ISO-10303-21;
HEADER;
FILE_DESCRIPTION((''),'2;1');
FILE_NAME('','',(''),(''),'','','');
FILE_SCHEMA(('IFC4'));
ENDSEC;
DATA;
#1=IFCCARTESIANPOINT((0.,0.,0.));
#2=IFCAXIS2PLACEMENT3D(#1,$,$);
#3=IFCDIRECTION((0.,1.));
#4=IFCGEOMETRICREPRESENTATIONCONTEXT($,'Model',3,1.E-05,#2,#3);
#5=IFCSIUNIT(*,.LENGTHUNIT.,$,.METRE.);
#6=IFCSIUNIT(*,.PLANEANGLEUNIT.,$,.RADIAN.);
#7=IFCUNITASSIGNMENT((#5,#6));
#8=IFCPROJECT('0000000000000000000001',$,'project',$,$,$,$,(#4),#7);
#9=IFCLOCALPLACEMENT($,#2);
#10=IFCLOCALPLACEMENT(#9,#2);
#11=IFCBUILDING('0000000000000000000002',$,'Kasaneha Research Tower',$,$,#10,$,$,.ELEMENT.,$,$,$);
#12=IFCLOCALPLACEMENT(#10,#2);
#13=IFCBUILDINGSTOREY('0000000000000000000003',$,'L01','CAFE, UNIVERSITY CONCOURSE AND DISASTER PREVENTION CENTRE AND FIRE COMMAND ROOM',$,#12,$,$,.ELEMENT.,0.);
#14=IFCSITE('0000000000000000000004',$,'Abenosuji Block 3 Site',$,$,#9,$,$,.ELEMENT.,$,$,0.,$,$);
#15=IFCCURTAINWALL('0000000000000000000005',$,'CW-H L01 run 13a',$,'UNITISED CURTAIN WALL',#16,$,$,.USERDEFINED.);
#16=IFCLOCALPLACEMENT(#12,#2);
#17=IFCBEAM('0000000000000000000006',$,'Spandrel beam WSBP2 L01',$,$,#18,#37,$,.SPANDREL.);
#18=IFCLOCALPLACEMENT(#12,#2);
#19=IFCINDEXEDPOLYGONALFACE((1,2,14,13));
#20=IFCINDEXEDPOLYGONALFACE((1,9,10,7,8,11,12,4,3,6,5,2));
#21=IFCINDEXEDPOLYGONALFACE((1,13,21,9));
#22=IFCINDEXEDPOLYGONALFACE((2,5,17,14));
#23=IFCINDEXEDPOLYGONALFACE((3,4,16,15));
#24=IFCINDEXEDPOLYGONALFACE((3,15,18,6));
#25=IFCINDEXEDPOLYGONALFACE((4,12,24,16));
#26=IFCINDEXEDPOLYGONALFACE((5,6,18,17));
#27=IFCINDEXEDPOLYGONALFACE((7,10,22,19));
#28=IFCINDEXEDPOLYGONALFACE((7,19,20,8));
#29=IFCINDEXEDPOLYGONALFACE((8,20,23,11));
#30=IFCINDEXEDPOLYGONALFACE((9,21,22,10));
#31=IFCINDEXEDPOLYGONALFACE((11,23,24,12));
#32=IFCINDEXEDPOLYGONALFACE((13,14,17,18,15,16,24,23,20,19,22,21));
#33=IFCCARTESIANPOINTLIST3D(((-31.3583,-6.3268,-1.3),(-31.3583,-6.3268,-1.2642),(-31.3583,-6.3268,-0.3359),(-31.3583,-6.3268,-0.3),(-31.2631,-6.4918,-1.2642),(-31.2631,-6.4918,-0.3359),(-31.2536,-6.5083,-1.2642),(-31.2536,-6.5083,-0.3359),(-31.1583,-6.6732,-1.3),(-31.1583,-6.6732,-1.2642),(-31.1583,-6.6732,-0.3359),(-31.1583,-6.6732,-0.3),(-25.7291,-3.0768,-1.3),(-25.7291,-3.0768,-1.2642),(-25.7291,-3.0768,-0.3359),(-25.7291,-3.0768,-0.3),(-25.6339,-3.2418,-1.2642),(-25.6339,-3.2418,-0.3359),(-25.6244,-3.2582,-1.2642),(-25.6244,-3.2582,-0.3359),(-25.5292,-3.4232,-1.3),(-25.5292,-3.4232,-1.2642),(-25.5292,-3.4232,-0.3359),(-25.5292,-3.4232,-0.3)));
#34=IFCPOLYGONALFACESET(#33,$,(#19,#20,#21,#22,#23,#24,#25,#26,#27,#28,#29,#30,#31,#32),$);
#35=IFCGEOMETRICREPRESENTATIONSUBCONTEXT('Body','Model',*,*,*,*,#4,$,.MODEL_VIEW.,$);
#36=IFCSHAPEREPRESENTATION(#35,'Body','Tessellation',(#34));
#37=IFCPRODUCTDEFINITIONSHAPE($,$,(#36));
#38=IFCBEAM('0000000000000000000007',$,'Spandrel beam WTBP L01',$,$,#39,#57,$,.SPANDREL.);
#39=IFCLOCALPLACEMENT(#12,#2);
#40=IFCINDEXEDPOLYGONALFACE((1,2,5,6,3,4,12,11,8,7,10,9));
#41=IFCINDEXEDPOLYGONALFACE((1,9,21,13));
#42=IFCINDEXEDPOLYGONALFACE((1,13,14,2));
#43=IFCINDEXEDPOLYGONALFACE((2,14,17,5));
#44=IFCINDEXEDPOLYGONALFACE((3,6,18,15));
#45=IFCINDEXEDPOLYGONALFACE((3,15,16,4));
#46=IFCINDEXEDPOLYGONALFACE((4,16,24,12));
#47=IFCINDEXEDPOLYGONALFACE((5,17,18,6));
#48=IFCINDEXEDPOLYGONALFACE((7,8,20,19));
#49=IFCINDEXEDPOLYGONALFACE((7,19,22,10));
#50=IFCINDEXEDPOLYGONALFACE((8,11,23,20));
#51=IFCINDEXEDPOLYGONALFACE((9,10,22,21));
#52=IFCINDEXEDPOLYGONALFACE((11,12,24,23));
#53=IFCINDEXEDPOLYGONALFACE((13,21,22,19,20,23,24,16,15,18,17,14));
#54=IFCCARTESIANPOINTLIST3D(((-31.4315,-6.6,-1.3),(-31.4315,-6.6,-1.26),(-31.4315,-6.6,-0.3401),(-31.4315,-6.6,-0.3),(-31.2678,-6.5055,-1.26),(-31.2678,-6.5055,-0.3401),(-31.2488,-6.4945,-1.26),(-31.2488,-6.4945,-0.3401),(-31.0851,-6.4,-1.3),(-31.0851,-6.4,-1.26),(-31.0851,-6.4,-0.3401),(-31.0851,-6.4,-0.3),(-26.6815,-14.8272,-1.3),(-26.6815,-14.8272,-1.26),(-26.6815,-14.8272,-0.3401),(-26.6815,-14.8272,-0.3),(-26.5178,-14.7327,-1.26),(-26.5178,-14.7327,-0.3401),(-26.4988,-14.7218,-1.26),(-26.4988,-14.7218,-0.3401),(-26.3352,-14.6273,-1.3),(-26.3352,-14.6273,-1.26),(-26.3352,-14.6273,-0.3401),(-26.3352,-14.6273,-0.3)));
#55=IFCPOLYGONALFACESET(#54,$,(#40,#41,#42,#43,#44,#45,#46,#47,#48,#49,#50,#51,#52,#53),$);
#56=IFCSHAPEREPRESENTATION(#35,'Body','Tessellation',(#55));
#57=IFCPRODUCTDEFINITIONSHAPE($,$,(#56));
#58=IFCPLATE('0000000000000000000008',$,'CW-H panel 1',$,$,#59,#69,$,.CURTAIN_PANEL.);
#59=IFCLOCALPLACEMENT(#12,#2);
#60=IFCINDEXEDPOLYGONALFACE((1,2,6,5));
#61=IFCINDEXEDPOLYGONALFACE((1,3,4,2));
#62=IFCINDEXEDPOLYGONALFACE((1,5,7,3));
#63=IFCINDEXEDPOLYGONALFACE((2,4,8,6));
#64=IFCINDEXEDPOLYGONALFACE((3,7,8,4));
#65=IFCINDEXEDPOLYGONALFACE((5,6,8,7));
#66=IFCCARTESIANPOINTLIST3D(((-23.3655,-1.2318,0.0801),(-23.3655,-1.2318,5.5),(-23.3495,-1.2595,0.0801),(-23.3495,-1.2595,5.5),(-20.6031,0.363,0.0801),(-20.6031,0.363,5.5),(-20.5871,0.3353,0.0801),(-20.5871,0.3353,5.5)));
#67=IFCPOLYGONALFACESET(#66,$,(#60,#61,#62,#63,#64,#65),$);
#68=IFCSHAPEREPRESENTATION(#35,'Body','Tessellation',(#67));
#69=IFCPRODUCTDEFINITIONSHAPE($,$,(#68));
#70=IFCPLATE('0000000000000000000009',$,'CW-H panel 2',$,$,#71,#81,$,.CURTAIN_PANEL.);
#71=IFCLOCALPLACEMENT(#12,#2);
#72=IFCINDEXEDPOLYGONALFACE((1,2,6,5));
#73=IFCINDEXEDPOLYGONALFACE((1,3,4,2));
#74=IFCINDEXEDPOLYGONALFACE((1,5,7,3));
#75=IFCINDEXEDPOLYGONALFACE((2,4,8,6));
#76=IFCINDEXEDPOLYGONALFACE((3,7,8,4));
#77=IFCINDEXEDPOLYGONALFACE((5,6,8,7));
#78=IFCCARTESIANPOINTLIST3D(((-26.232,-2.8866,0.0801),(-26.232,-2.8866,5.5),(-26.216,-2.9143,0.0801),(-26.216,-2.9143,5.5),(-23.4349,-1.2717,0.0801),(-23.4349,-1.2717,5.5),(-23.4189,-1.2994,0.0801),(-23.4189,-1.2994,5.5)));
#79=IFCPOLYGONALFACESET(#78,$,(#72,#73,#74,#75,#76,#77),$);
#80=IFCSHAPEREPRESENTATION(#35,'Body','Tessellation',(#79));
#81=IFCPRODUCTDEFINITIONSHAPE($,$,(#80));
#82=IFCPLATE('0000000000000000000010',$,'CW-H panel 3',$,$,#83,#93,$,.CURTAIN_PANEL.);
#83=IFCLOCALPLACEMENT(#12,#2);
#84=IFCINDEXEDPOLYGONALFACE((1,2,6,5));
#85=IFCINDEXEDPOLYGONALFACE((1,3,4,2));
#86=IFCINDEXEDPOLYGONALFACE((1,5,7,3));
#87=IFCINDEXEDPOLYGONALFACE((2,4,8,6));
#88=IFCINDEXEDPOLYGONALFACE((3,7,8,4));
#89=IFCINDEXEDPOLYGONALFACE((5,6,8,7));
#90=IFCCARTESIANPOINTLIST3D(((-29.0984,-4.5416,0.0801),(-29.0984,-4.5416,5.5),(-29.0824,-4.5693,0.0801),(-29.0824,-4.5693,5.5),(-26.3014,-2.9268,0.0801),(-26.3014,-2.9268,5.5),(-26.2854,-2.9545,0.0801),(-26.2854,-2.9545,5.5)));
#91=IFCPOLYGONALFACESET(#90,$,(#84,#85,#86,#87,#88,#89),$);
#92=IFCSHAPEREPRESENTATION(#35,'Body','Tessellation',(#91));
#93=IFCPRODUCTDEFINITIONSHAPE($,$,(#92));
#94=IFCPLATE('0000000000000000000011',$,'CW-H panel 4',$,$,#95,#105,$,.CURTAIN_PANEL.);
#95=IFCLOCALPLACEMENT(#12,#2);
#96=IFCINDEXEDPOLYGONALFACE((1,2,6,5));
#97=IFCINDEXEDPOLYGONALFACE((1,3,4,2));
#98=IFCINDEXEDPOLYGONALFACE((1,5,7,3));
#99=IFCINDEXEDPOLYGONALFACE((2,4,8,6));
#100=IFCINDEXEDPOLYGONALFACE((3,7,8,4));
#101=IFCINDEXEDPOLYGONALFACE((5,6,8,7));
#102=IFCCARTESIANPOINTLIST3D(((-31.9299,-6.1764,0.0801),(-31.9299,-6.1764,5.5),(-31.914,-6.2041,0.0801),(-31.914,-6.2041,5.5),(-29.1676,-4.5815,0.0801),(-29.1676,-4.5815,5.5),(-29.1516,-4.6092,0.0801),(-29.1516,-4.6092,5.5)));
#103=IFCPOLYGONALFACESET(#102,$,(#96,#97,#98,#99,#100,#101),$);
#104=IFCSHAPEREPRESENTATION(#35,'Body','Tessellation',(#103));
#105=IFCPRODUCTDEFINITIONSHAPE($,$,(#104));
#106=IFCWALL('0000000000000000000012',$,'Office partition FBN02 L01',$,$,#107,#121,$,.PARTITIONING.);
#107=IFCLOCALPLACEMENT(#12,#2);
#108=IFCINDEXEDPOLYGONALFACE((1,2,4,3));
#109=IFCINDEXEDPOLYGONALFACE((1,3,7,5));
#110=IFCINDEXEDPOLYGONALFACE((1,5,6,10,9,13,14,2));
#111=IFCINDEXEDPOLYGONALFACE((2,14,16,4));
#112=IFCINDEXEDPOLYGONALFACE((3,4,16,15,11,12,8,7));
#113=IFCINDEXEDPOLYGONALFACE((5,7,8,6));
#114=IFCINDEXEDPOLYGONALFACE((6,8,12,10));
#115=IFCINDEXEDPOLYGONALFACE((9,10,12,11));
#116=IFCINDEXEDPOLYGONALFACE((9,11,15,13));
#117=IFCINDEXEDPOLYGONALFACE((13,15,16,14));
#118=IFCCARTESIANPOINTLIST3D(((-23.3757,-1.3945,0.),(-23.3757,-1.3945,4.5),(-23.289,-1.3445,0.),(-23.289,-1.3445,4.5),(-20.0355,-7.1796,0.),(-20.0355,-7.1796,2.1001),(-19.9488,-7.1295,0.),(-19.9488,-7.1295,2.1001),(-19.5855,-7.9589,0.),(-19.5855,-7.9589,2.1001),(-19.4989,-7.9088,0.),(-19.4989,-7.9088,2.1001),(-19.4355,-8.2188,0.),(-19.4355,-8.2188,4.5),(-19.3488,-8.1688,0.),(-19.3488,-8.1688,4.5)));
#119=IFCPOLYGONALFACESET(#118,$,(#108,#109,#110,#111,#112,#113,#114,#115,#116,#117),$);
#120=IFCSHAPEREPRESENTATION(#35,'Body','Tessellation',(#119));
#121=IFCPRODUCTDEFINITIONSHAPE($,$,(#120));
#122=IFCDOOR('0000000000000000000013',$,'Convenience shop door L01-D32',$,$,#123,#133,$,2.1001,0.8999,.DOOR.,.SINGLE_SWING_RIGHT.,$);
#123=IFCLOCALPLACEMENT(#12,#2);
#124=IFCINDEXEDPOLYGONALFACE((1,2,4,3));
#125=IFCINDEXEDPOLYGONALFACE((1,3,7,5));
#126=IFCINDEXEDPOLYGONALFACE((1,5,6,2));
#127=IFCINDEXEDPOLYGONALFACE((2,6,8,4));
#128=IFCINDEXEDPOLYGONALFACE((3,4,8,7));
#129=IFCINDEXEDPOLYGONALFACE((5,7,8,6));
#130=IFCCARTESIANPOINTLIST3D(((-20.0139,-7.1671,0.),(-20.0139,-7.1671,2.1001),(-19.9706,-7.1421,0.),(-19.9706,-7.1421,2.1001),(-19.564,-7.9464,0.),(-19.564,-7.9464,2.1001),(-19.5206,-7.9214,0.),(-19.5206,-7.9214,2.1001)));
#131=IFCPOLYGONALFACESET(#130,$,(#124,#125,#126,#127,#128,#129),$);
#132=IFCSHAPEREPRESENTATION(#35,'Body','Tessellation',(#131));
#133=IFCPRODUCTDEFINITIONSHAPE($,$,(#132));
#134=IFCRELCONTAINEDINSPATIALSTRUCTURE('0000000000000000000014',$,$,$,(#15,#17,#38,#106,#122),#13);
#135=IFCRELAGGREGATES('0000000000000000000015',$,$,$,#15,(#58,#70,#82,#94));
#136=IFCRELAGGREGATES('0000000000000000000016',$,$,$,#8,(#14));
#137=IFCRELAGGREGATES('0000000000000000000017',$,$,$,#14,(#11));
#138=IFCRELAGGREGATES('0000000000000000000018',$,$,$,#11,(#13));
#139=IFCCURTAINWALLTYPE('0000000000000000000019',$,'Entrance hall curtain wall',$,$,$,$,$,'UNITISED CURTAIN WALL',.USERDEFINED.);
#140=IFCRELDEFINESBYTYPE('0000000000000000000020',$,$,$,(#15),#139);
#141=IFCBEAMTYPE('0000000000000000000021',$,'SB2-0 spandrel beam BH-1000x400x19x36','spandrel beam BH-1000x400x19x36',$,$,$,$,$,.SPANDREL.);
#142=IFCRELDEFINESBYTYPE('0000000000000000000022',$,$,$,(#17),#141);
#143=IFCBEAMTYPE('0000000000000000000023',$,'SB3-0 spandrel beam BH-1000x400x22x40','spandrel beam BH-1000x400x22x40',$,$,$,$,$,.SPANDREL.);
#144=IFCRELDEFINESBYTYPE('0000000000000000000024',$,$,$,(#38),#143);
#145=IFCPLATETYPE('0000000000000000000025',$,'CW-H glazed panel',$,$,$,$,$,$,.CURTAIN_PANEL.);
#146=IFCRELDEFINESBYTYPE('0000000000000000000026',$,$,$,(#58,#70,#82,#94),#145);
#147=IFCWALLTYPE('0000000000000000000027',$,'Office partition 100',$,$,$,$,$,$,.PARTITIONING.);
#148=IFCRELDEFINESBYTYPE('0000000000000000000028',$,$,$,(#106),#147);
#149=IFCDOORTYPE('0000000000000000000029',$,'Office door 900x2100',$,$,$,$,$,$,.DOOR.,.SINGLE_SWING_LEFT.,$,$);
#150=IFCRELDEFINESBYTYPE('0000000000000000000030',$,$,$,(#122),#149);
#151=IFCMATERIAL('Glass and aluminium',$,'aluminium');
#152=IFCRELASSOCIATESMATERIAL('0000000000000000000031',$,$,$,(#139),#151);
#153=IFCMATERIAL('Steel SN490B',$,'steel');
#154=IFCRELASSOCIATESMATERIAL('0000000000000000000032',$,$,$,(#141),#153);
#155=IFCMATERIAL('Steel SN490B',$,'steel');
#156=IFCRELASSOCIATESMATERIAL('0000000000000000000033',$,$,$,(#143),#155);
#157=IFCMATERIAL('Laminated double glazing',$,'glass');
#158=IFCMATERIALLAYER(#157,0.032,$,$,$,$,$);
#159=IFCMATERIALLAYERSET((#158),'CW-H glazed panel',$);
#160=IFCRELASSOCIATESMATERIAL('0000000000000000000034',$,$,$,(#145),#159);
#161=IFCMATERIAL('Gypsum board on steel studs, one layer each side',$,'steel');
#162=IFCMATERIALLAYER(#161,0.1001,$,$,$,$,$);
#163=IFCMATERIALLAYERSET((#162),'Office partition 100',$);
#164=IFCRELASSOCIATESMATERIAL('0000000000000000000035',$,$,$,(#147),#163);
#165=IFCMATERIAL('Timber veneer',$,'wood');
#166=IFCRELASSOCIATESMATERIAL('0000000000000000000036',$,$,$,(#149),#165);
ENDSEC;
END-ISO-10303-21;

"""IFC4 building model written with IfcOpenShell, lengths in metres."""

from ifc_helpers import new_model, si_unit, direction, frame, frame_2d, origin, origin_2d, place, context, subcontext, project, spatial, rectangle, i_section, extrude, material, layer, layer_set, material_profile, profile_set, type_object, element, fill, aggregate, save


model = new_model("IFC4")

# Units and contexts
model_context = context("Model", 3, precision=1e-05, world=origin(), true_north=direction((0.0, 1.0)))
body_context = subcontext(model_context, "Body", "Model", "MODEL_VIEW")
ifc_project = project(units=[si_unit("LENGTHUNIT", "METRE"), si_unit("PLANEANGLEUNIT", "RADIAN")], contexts=[model_context])

# Site, building, storey
site_placement = place(None, origin())
site = spatial("IfcSite", under=ifc_project, at=site_placement, Name="Abenosuji Block 3 Site", CompositionType="ELEMENT", RefElevation=0.0)
building_placement = place(site_placement, origin())
building = spatial("IfcBuilding", under=site, at=building_placement, Name="Kasaneha Research Tower", CompositionType="ELEMENT")
storey_placement = place(building_placement, origin())
storey = spatial("IfcBuildingStorey", under=building, at=storey_placement, Name="L01", Description="CAFE, UNIVERSITY CONCOURSE AND DISASTER PREVENTION CENTRE AND FIRE COMMAND ROOM", CompositionType="ELEMENT", Elevation=0.0)

# Curtain wall
ifc_material_1 = material(Name="Glass and aluminium", Category="aluminium")
curtain_wall_type = type_object("IfcCurtainWallType", Name="Entrance hall curtain wall", ElementType="UNITISED CURTAIN WALL", PredefinedType="USERDEFINED", material=ifc_material_1)
curtain_wall_1_placement = place(storey_placement, origin())
curtain_wall_1 = element("IfcCurtainWall", 1, at=curtain_wall_1_placement, inside=storey, type_object=curtain_wall_type, Name="CW-H L01 run 13a", ObjectType="UNITISED CURTAIN WALL", PredefinedType="USERDEFINED")

# Beams
ifc_material_2 = material(Name="Steel SN490B", Category="steel")
ifc_material_profile_1 = material_profile(ifc_material_2, i_section(OverallWidth=0.3999, OverallDepth=1.0, WebThickness=0.019, FlangeThickness=0.0359, at=origin_2d()), Name="BH-1000x400x19x36")
ifc_profile_set_1 = profile_set([ifc_material_profile_1], Name="Steel SN490B")
beam_type_1 = type_object("IfcBeamType", Name="SB2-0 spandrel beam BH-1000x400x19x36", Description="spandrel beam BH-1000x400x19x36", PredefinedType="SPANDREL", material=ifc_profile_set_1)
for number, where, z_axis, x_axis, name in (
    (2, (-25.6292, -3.25, -0.8), (-0.866025, -0.500001, 0.0), (0.500001, -0.866025, 0.0), "Spandrel beam WSBP2 L01"),
):
    element("IfcBeam", number, at=place(storey_placement, frame(where, z_axis=z_axis, x_axis=x_axis)), inside=storey, type_object=beam_type_1, Name=name, PredefinedType="SPANDREL", context=body_context, shape_type="SweptSolid", body=[
        extrude(i_section(OverallWidth=0.3999, OverallDepth=1.0, WebThickness=0.019, FlangeThickness=0.0359, at=origin_2d()), origin(), (0.0, 0.0, 1.0), 6.5),
    ])
ifc_material_3 = material(Name="Steel SN490B", Category="steel")
ifc_material_profile_2 = material_profile(ifc_material_3, i_section(OverallWidth=0.3999, OverallDepth=1.0, WebThickness=0.022, FlangeThickness=0.04, at=origin_2d()), Name="BH-1000x400x22x40")
ifc_profile_set_2 = profile_set([ifc_material_profile_2], Name="Steel SN490B")
beam_type_2 = type_object("IfcBeamType", Name="SB3-0 spandrel beam BH-1000x400x22x40", Description="spandrel beam BH-1000x400x22x40", PredefinedType="SPANDREL", material=ifc_profile_set_2)
beam_1_placement = place(storey_placement, frame((-31.2583, -6.5, -0.8), z_axis=(0.499998, -0.866027, 0.0), x_axis=(0.866027, 0.499998, 0.0)))
element("IfcBeam", 3, at=beam_1_placement, inside=storey, type_object=beam_type_2, Name="Spandrel beam WTBP L01", PredefinedType="SPANDREL", context=body_context, shape_type="SweptSolid", body=[
    extrude(i_section(OverallWidth=0.3999, OverallDepth=1.0, WebThickness=0.022, FlangeThickness=0.04, at=origin_2d()), origin(), (0.0, 0.0, 1.0), 9.5),
])

# Plates
ifc_material_4 = material(Name="Laminated double glazing", Category="glass")
ifc_layer_1 = layer(ifc_material_4, 0.032)
ifc_layer_set_1 = layer_set([ifc_layer_1], Name="CW-H glazed panel")
plate_type = type_object("IfcPlateType", Name="CW-H glazed panel", PredefinedType="CURTAIN_PANEL", material=ifc_layer_set_1)
plate_1_placement = place(storey_placement, frame((-21.9763, -0.4482, 0.0801), z_axis=(0.0, 0.0, 1.0), x_axis=(-0.866025, -0.5, 0.0)))
plate_1 = element("IfcPlate", 4, at=plate_1_placement, type_object=plate_type, Name="CW-H panel 1", PredefinedType="CURTAIN_PANEL", context=body_context, shape_type="SweptSolid", body=[
    extrude(rectangle(XDim=3.1897, YDim=0.032, at=origin_2d()), origin(), (0.0, 0.0, 1.0), 5.4199),
])
plate_2_placement = place(storey_placement, frame((-24.8254, -2.093, 0.0801), z_axis=(0.0, 0.0, 1.0), x_axis=(-0.866025, -0.5, 0.0)))
plate_2 = element("IfcPlate", 5, at=plate_2_placement, type_object=plate_type, Name="CW-H panel 2", PredefinedType="CURTAIN_PANEL", context=body_context, shape_type="SweptSolid", body=[
    extrude(rectangle(XDim=3.2297, YDim=0.032, at=origin_2d()), origin(), (0.0, 0.0, 1.0), 5.4199),
])
plate_3_placement = place(storey_placement, frame((-27.6919, -3.748, 0.0801), z_axis=(0.0, 0.0, 1.0), x_axis=(-0.866025, -0.5, 0.0)))
plate_3 = element("IfcPlate", 6, at=plate_3_placement, type_object=plate_type, Name="CW-H panel 3", PredefinedType="CURTAIN_PANEL", context=body_context, shape_type="SweptSolid", body=[
    extrude(rectangle(XDim=3.2297, YDim=0.032, at=origin_2d()), origin(), (0.0, 0.0, 1.0), 5.4199),
])
plate_4_placement = place(storey_placement, frame((-30.5408, -5.3928, 0.0801), z_axis=(0.0, 0.0, 1.0), x_axis=(-0.866025, -0.5, 0.0)))
plate_4 = element("IfcPlate", 7, at=plate_4_placement, type_object=plate_type, Name="CW-H panel 4", PredefinedType="CURTAIN_PANEL", context=body_context, shape_type="SweptSolid", body=[
    extrude(rectangle(XDim=3.1897, YDim=0.032, at=origin_2d()), origin(), (0.0, 0.0, 1.0), 5.4199),
])
aggregate(curtain_wall_1, [plate_1, plate_2, plate_3, plate_4])

# Wall, opening, door
ifc_material_5 = material(Name="Gypsum board on steel studs, one layer each side", Category="steel")
ifc_layer_2 = layer(ifc_material_5, 0.1001)
ifc_layer_set_2 = layer_set([ifc_layer_2], Name="Office partition 100")
wall_type = type_object("IfcWallType", Name="Office partition 100", PredefinedType="PARTITIONING", material=ifc_layer_set_2)
wall_placement = place(storey_placement, frame((-23.3323, -1.3696, 0.0), z_axis=(0.0, 0.0, 1.0), x_axis=(0.500021, -0.866013, 0.0)))
wall = element("IfcWall", 8, at=wall_placement, inside=storey, type_object=wall_type, Name="Office partition FBN02 L01", PredefinedType="PARTITIONING", context=body_context, shape_type="SweptSolid", body=[
    extrude(rectangle(XDim=7.8801, YDim=0.1001, at=frame_2d((3.9399, 0.0))), origin(), (0.0, 0.0, 1.0), 4.5),
])
opening_placement = place(wall_placement, frame((6.6799, 0.0, 0.0)))
opening = element("IfcOpeningElement", 9, at=opening_placement, cuts=wall, PredefinedType="OPENING", context=body_context, shape_type="SweptSolid", body=[
    extrude(rectangle(XDim=0.8999, YDim=2.1001, at=frame_2d((0.45, 1.05))), frame((0.0, 0.0601, 0.0), z_axis=(0.0, -1.0, 0.0), x_axis=(1.0, 0.0, 0.0)), (0.0, 0.0, 1.0), 0.1201),
])
ifc_material_6 = material(Name="Timber veneer", Category="wood")
door_type = type_object("IfcDoorType", Name="Office door 900x2100", OperationType="SINGLE_SWING_LEFT", PredefinedType="DOOR", material=ifc_material_6)
door_placement = place(opening_placement, origin())
door = element("IfcDoor", 10, at=door_placement, inside=storey, type_object=door_type, Name="Convenience shop door L01-D32", OperationType="SINGLE_SWING_RIGHT", OverallHeight=2.1001, OverallWidth=0.8999, PredefinedType="DOOR", context=body_context, shape_type="SweptSolid", body=[
    extrude(rectangle(XDim=0.8999, YDim=2.1001, at=frame_2d((0.45, 1.05))), frame((0.0, 0.0249, 0.0), z_axis=(0.0, -1.0, 0.0), x_axis=(1.0, 0.0, 0.0)), (0.0, 0.0, 1.0), 0.05),
])
fill(opening, door)

save(model, "model.ifc")
